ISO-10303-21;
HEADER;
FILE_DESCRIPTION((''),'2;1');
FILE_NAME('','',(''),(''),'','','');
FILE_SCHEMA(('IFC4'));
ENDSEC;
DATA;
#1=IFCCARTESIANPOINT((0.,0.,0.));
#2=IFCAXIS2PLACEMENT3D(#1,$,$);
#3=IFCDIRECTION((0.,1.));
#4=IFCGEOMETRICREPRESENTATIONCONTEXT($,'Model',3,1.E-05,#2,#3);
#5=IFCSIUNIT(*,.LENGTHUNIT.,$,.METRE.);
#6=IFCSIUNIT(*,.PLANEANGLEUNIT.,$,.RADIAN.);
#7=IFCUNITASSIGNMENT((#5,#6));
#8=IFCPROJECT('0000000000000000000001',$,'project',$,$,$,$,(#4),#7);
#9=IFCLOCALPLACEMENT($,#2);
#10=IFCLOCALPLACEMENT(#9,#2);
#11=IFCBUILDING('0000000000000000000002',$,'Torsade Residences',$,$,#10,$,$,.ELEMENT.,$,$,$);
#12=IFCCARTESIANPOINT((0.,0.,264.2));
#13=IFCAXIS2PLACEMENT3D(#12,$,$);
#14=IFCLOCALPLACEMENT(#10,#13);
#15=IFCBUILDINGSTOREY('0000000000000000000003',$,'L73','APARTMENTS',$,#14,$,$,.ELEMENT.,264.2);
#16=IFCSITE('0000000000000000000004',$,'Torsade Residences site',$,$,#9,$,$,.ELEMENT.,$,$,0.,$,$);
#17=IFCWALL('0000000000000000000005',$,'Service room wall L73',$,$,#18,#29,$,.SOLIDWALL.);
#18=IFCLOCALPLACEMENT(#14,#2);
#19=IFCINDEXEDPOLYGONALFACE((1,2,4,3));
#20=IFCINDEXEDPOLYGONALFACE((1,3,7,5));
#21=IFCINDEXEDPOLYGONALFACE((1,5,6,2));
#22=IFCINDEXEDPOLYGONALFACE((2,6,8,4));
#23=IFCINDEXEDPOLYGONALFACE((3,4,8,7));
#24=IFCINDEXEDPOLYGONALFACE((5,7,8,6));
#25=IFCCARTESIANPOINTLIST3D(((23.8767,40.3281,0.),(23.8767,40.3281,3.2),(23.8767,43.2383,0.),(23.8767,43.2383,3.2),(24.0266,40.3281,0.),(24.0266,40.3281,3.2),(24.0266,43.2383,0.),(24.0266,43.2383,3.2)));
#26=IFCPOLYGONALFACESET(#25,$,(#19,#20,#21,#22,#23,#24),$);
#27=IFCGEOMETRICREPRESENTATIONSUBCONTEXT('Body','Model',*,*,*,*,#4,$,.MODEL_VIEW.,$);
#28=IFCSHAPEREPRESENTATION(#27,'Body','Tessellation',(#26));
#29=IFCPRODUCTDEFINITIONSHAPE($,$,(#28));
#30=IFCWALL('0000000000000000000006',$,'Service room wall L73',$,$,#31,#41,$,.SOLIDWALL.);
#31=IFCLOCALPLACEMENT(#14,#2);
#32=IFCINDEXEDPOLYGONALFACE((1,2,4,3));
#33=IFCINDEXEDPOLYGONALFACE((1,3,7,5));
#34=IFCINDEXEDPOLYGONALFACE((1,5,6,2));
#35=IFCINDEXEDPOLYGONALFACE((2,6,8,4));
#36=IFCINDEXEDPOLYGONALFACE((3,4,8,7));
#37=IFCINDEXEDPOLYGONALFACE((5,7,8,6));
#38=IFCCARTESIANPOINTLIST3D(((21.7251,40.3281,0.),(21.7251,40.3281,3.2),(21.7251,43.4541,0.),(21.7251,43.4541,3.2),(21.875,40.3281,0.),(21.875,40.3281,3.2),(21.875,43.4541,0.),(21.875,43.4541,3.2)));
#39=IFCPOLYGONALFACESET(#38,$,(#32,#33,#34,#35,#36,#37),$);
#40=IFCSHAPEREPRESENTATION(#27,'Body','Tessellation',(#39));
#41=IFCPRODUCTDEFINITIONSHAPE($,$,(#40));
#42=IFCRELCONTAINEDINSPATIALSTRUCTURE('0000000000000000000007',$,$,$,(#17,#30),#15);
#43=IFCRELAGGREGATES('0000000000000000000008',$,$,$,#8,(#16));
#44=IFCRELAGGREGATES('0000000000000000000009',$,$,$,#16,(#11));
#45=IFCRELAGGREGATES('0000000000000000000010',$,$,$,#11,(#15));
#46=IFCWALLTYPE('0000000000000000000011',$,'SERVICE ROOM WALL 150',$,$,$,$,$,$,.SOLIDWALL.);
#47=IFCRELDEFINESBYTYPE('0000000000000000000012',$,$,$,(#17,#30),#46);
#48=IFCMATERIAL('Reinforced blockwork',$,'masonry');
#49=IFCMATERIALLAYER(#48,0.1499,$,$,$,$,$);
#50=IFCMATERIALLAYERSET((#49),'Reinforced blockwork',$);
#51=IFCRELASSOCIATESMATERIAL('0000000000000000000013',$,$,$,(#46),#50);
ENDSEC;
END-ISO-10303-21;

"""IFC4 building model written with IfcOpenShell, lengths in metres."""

from ifc_helpers import new_model, si_unit, direction, frame, frame_2d, origin, place, context, subcontext, project, spatial, rectangle, extrude, material, layer, layer_set, type_object, element, save


model = new_model("IFC4")

# Units and contexts
model_context = context("Model", 3, precision=1e-05, world=origin(), true_north=direction((0.0, 1.0)))
body_context = subcontext(model_context, "Body", "Model", "MODEL_VIEW")
ifc_project = project(units=[si_unit("LENGTHUNIT", "METRE"), si_unit("PLANEANGLEUNIT", "RADIAN")], contexts=[model_context])

# Site, building, storey
site_placement = place(None, origin())
site = spatial("IfcSite", under=ifc_project, at=site_placement, Name="Torsade Residences site", CompositionType="ELEMENT", RefElevation=0.0)
building_placement = place(site_placement, origin())
building = spatial("IfcBuilding", under=site, at=building_placement, Name="Torsade Residences", CompositionType="ELEMENT")
storey_placement = place(building_placement, frame((0.0, 0.0, 264.2)))
storey = spatial("IfcBuildingStorey", under=building, at=storey_placement, Name="L73", Description="APARTMENTS", CompositionType="ELEMENT", Elevation=264.2)

# Shared definitions
ifc_material_1 = material(Name="Reinforced blockwork", Category="masonry")
ifc_layer_1 = layer(ifc_material_1, 0.1499)
ifc_layer_set_1 = layer_set([ifc_layer_1], Name="Reinforced blockwork")
wall_type_1 = type_object("IfcWallType", Name="SERVICE ROOM WALL 150", PredefinedType="SOLIDWALL", material=ifc_layer_set_1)

# Walls
wall_1_placement = place(storey_placement, frame((23.9517, 40.3281, 0.0), z_axis=(0.0, 0.0, 1.0), x_axis=(0.0, 1.0, 0.0)))
element("IfcWall", 1, at=wall_1_placement, inside=storey, type_object=wall_type_1, Name="Service room wall L73", PredefinedType="SOLIDWALL", context=body_context, shape_type="SweptSolid", body=[
    extrude(rectangle(XDim=2.9102, YDim=0.1499, at=frame_2d((1.4551, 0.0))), origin(), (0.0, 0.0, 1.0), 3.2),
])
wall_2_placement = place(storey_placement, frame((21.8, 40.3281, 0.0), z_axis=(0.0, 0.0, 1.0), x_axis=(0.0, 1.0, 0.0)))
element("IfcWall", 2, at=wall_2_placement, inside=storey, type_object=wall_type_1, Name="Service room wall L73", PredefinedType="SOLIDWALL", context=body_context, shape_type="SweptSolid", body=[
    extrude(rectangle(XDim=3.126, YDim=0.1499, at=frame_2d((1.563, 0.0))), origin(), (0.0, 0.0, 1.0), 3.2),
])

save(model, "model.ifc")
